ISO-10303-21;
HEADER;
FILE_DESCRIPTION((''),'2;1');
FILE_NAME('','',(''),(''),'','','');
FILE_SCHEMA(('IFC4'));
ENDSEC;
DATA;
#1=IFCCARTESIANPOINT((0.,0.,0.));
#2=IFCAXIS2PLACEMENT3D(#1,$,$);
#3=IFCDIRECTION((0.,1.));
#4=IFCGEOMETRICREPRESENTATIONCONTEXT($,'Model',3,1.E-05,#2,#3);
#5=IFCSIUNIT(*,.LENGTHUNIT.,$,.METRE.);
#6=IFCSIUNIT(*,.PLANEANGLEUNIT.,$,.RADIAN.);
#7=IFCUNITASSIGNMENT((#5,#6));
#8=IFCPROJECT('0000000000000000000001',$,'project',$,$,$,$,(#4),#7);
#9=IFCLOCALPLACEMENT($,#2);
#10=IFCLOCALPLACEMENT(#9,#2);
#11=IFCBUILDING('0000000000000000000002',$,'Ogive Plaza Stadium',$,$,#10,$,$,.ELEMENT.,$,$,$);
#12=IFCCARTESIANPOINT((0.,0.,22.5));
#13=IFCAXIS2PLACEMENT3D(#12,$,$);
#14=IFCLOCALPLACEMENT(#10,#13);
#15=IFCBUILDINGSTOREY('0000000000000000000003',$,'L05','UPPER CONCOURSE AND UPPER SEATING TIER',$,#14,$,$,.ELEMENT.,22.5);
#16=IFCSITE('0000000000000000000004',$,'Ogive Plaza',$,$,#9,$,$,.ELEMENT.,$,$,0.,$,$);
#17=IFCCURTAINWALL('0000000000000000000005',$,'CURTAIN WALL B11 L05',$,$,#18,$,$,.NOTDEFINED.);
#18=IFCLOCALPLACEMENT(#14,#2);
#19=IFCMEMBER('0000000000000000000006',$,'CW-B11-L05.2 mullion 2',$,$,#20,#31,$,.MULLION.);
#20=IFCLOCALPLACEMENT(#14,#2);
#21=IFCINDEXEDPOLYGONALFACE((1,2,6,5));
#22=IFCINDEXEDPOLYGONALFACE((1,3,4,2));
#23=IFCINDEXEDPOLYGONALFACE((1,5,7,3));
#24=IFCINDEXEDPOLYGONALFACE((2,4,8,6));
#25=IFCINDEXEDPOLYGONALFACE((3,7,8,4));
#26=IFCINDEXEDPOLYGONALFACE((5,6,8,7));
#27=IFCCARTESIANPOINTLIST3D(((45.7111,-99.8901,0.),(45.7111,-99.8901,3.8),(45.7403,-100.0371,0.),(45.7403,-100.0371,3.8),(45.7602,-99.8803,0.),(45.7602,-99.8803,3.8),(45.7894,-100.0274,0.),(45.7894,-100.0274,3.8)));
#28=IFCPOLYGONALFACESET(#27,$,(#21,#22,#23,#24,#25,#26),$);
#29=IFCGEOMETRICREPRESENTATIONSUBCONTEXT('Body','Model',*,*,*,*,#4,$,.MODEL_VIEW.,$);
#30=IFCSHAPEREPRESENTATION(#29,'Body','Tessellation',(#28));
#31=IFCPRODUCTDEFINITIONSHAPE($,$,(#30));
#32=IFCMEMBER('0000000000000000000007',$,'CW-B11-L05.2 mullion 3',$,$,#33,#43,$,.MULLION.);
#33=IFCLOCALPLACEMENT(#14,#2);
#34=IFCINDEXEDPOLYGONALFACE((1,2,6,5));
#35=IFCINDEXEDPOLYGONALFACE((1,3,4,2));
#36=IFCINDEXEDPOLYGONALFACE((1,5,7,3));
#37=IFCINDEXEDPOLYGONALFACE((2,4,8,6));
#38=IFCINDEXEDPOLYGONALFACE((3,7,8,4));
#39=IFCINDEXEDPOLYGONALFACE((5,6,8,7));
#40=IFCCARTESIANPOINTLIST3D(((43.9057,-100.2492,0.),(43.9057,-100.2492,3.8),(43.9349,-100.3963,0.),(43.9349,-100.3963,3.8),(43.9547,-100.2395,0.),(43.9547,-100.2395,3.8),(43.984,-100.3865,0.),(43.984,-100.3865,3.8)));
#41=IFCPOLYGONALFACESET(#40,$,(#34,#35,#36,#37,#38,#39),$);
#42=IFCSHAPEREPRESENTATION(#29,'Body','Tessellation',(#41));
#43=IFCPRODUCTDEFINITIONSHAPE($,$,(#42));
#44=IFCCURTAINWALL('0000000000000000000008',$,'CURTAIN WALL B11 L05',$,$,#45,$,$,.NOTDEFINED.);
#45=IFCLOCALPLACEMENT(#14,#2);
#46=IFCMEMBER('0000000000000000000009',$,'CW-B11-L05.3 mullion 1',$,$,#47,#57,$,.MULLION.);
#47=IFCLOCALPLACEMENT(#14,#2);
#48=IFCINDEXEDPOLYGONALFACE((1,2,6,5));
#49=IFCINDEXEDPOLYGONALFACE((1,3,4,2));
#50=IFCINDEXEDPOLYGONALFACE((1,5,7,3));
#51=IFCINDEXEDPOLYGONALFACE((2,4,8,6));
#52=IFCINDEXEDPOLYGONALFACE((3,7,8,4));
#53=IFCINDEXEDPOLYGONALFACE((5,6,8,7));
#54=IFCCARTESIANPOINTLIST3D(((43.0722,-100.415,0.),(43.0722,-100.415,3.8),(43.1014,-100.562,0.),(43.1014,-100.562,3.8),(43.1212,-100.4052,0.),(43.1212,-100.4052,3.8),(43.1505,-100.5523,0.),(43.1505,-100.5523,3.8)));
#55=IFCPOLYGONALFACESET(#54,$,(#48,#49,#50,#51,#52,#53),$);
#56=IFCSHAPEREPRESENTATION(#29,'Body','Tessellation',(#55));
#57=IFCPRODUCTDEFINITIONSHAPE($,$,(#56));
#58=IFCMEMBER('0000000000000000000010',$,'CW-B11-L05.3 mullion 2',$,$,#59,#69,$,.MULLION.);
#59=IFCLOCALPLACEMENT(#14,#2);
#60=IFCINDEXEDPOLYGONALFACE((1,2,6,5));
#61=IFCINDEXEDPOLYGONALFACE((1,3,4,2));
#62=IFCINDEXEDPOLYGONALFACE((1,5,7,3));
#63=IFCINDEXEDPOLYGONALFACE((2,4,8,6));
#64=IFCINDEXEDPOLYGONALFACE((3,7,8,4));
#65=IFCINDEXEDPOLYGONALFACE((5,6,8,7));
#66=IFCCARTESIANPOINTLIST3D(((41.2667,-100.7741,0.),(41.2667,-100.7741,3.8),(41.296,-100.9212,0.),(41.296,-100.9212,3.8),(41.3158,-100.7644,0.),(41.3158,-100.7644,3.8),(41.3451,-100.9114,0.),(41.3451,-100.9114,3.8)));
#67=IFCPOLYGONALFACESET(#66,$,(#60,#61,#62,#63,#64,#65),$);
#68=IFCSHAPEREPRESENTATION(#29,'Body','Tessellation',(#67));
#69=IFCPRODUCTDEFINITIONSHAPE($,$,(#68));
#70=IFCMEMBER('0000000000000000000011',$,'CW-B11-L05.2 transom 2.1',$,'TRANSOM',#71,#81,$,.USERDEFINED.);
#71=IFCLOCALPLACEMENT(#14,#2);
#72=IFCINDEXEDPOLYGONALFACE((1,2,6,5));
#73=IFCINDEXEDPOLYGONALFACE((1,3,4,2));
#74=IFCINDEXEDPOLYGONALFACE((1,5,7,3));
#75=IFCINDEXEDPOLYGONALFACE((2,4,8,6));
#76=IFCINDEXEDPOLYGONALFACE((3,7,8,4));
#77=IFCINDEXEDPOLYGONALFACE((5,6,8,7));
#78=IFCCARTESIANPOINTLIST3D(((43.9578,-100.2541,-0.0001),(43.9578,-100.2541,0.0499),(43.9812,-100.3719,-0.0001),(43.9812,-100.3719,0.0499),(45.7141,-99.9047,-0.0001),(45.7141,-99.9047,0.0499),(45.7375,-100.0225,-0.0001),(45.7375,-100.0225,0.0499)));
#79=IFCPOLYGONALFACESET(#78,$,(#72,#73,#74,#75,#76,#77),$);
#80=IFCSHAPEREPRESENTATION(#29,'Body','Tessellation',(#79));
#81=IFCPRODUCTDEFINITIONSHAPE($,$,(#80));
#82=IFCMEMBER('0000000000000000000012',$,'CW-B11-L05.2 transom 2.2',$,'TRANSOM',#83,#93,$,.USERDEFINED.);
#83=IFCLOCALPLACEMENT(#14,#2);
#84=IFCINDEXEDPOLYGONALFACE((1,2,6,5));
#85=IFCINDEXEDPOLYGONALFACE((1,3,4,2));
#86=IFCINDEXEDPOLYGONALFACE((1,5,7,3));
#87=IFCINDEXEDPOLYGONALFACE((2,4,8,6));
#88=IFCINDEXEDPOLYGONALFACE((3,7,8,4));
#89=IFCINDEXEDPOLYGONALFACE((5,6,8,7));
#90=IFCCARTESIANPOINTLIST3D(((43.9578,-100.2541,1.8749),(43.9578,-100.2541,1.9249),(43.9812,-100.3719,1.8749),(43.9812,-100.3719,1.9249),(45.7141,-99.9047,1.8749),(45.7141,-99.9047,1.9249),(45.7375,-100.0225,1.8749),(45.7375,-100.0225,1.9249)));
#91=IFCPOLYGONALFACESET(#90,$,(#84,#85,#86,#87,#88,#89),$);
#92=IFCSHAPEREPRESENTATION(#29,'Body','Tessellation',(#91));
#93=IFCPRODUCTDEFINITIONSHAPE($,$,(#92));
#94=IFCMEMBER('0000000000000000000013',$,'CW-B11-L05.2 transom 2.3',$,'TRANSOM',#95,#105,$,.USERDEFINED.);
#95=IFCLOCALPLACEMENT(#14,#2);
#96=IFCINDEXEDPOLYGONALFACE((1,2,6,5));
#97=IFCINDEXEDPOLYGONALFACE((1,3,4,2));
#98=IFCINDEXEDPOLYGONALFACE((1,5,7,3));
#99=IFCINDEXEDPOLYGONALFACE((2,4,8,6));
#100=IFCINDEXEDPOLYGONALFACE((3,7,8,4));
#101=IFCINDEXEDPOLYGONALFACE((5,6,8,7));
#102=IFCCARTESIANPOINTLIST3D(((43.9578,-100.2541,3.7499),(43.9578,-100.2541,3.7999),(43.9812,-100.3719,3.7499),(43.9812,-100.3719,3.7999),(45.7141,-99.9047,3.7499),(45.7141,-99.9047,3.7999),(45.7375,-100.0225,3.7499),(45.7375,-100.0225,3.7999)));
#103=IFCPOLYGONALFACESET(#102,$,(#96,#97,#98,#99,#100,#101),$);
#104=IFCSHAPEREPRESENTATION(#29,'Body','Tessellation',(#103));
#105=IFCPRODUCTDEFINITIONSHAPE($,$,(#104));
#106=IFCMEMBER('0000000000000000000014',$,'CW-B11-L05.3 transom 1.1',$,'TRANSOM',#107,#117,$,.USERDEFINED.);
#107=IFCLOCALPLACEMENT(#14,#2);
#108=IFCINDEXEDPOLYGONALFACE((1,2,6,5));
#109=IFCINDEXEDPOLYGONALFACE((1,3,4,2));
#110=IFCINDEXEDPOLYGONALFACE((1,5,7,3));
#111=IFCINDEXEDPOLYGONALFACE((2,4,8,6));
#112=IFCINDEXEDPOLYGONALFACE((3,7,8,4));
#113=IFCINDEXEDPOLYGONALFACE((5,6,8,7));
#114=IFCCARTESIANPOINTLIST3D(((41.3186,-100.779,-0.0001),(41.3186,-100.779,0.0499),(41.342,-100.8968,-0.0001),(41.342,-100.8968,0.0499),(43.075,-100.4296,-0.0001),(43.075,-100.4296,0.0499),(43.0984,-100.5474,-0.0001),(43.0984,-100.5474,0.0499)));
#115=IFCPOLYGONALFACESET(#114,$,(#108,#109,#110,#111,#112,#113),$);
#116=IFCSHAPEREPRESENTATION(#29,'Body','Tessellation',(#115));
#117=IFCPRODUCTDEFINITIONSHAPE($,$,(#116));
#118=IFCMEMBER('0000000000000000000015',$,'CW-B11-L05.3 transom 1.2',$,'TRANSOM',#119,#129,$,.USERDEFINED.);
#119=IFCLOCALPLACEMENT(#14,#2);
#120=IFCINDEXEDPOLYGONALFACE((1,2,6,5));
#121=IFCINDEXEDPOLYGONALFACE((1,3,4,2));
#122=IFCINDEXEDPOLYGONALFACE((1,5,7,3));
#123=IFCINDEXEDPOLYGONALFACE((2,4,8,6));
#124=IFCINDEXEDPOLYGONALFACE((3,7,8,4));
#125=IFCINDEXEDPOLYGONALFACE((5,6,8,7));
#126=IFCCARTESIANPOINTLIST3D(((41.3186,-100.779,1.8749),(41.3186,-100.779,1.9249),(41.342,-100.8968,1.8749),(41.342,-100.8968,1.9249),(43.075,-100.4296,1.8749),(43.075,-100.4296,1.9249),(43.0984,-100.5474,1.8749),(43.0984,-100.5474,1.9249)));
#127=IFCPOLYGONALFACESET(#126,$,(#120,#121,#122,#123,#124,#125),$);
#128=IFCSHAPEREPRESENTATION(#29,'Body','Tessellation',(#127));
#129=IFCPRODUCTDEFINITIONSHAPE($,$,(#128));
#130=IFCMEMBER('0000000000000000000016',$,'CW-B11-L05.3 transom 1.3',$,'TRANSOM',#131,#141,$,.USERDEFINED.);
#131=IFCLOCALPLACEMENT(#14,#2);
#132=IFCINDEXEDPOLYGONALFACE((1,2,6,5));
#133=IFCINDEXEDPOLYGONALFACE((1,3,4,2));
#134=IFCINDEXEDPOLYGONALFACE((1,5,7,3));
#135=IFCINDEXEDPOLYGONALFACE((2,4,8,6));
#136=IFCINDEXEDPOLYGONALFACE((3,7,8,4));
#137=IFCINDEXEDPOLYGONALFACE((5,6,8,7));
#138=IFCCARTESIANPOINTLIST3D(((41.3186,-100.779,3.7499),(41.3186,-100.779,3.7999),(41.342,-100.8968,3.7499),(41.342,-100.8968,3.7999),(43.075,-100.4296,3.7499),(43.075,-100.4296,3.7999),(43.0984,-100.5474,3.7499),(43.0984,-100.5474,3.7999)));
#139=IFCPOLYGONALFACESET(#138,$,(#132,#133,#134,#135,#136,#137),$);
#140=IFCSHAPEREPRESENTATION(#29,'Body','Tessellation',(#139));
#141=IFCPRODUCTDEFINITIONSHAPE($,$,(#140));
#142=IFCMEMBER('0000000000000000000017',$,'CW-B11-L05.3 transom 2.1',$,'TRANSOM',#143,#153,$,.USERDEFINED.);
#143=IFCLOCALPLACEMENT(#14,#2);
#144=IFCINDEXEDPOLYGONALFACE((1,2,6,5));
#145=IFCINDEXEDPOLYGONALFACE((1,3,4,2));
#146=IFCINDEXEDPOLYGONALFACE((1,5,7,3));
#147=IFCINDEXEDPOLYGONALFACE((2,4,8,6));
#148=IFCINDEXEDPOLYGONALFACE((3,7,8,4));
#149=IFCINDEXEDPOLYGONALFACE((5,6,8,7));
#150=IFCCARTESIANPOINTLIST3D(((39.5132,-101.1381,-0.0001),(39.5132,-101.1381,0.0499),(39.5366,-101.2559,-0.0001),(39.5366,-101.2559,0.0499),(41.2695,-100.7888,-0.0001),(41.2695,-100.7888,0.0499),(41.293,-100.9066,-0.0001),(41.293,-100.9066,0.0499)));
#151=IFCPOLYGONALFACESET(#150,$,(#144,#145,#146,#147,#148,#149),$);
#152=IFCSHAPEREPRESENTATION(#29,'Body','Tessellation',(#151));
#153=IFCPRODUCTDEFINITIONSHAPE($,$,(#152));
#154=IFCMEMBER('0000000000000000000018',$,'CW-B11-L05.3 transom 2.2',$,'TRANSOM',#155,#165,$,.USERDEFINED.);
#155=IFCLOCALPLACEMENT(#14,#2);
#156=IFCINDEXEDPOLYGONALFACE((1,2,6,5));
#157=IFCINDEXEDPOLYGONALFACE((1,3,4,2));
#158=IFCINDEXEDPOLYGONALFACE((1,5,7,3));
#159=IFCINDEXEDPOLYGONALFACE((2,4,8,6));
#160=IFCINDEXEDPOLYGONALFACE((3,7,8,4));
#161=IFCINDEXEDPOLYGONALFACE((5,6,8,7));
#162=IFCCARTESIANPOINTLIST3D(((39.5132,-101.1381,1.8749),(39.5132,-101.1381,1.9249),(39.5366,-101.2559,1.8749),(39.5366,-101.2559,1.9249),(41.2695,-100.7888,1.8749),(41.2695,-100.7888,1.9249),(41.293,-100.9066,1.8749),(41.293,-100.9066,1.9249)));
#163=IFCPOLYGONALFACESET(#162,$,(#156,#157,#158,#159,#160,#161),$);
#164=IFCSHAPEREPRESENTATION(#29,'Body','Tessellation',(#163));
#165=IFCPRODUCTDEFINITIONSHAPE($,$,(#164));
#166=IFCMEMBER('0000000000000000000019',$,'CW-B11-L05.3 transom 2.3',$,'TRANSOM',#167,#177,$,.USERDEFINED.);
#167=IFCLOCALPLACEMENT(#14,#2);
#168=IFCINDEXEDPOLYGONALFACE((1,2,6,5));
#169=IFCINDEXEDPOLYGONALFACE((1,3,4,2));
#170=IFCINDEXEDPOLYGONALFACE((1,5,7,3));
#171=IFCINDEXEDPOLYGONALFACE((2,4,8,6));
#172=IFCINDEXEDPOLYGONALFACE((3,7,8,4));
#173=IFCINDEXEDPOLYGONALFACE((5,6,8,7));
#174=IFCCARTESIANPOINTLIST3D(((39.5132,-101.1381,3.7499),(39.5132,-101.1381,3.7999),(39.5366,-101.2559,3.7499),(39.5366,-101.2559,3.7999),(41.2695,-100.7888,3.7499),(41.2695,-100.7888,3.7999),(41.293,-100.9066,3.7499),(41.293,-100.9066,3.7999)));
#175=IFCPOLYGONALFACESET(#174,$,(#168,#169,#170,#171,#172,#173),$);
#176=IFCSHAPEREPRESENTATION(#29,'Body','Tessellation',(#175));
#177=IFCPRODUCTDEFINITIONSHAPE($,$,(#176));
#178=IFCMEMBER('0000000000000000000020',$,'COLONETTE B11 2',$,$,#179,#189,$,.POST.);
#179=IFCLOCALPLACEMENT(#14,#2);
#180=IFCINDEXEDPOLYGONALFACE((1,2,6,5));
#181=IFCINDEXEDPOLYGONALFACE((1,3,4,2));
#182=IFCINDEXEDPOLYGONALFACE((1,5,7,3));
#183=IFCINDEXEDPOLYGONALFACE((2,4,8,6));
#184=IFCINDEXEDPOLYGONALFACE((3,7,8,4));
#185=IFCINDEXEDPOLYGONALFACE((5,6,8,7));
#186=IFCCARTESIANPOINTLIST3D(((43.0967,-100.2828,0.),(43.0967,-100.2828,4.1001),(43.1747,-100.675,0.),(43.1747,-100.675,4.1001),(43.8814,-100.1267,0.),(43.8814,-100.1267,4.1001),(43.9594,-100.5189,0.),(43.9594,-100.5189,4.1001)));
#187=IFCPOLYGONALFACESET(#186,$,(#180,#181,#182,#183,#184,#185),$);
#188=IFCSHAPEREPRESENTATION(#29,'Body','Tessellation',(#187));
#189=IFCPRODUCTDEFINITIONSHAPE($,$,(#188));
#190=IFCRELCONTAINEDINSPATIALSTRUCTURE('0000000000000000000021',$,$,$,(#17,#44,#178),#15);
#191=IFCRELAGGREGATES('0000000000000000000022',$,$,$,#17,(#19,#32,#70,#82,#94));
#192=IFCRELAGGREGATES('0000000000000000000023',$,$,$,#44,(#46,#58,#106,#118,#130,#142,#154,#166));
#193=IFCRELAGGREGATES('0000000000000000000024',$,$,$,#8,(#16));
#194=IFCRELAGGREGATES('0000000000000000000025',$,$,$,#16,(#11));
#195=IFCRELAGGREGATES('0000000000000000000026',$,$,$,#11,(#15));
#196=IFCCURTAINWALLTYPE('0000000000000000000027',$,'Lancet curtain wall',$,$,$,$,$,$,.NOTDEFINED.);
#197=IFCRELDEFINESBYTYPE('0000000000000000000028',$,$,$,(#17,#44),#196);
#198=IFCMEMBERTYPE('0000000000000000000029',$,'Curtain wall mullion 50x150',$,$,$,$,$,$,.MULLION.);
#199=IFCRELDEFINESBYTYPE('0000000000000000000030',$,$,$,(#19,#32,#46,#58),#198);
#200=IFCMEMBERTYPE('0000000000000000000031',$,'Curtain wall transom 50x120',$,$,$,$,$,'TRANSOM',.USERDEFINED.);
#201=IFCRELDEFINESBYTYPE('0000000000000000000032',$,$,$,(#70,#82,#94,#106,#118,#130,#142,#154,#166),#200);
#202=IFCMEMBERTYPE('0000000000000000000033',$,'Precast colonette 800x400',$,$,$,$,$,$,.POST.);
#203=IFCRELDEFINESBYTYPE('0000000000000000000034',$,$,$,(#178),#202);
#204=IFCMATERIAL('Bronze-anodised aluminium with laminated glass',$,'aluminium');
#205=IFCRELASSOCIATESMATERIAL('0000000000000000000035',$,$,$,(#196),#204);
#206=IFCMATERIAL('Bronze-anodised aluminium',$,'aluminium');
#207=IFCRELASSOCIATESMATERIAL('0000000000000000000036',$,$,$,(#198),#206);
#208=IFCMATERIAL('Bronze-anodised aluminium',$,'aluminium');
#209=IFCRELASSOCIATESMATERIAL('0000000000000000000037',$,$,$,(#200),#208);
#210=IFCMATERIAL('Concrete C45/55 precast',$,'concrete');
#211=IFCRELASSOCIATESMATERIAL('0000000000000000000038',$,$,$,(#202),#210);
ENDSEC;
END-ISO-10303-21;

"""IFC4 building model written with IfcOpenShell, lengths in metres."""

from ifc_helpers import new_model, si_unit, direction, frame, origin, origin_2d, place, context, subcontext, project, spatial, rectangle, extrude, material, material_profile, profile_set, type_object, element, aggregate, save


model = new_model("IFC4")

# Units and contexts
model_context = context("Model", 3, precision=1e-05, world=origin(), true_north=direction((0.0, 1.0)))
body_context = subcontext(model_context, "Body", "Model", "MODEL_VIEW")
ifc_project = project(units=[si_unit("LENGTHUNIT", "METRE"), si_unit("PLANEANGLEUNIT", "RADIAN")], contexts=[model_context])

# Site, building, storey
site_placement = place(None, origin())
site = spatial("IfcSite", under=ifc_project, at=site_placement, Name="Ogive Plaza", CompositionType="ELEMENT", RefElevation=0.0)
building_placement = place(site_placement, origin())
building = spatial("IfcBuilding", under=site, at=building_placement, Name="Ogive Plaza Stadium", CompositionType="ELEMENT")
storey_placement = place(building_placement, frame((0.0, 0.0, 22.5)))
storey = spatial("IfcBuildingStorey", under=building, at=storey_placement, Name="L05", Description="UPPER CONCOURSE AND UPPER SEATING TIER", CompositionType="ELEMENT", Elevation=22.5)

# Curtain walls, members
ifc_material_1 = material(Name="Bronze-anodised aluminium with laminated glass", Category="aluminium")
curtain_wall_type = type_object("IfcCurtainWallType", Name="Lancet curtain wall", PredefinedType="NOTDEFINED", material=ifc_material_1)
curtain_wall_1_placement = place(storey_placement, origin())
curtain_wall_1 = element("IfcCurtainWall", 1, at=curtain_wall_1_placement, inside=storey, type_object=curtain_wall_type, Name="CURTAIN WALL B11 L05", PredefinedType="NOTDEFINED")
ifc_material_2 = material(Name="Bronze-anodised aluminium", Category="aluminium")
ifc_material_profile_1 = material_profile(ifc_material_2, rectangle(XDim=0.1499, YDim=0.05, at=origin_2d()), Name="AL 150x50")
ifc_profile_set_1 = profile_set([ifc_material_profile_1], Name="Bronze-anodised aluminium")
member_type_1 = type_object("IfcMemberType", Name="Curtain wall mullion 50x150", PredefinedType="MULLION", material=ifc_profile_set_1)
member_1_placement = place(storey_placement, frame((45.7502, -99.9587, 0.0), z_axis=(0.0, 0.0, 1.0), x_axis=(0.19509, -0.980785, 0.0)))
member_1 = element("IfcMember", 2, at=member_1_placement, type_object=member_type_1, Name="CW-B11-L05.2 mullion 2", PredefinedType="MULLION", context=body_context, shape_type="SweptSolid", body=[
    extrude(rectangle(XDim=0.1499, YDim=0.05, at=origin_2d()), origin(), (0.0, 0.0, 1.0), 3.8),
])
member_2_placement = place(storey_placement, frame((43.9448, -100.3179, 0.0), z_axis=(0.0, 0.0, 1.0), x_axis=(0.19509, -0.980785, 0.0)))
member_2 = element("IfcMember", 3, at=member_2_placement, type_object=member_type_1, Name="CW-B11-L05.2 mullion 3", PredefinedType="MULLION", context=body_context, shape_type="SweptSolid", body=[
    extrude(rectangle(XDim=0.1499, YDim=0.05, at=origin_2d()), origin(), (0.0, 0.0, 1.0), 3.8),
])
curtain_wall_2_placement = place(storey_placement, origin())
curtain_wall_2 = element("IfcCurtainWall", 4, at=curtain_wall_2_placement, inside=storey, type_object=curtain_wall_type, Name="CURTAIN WALL B11 L05", PredefinedType="NOTDEFINED")
member_3_placement = place(storey_placement, frame((43.1113, -100.4836, 0.0), z_axis=(0.0, 0.0, 1.0), x_axis=(0.19509, -0.980785, 0.0)))
member_3 = element("IfcMember", 5, at=member_3_placement, type_object=member_type_1, Name="CW-B11-L05.3 mullion 1", PredefinedType="MULLION", context=body_context, shape_type="SweptSolid", body=[
    extrude(rectangle(XDim=0.1499, YDim=0.05, at=origin_2d()), origin(), (0.0, 0.0, 1.0), 3.8),
])
member_4_placement = place(storey_placement, frame((41.3059, -100.8428, 0.0), z_axis=(0.0, 0.0, 1.0), x_axis=(0.19509, -0.980785, 0.0)))
member_4 = element("IfcMember", 6, at=member_4_placement, type_object=member_type_1, Name="CW-B11-L05.3 mullion 2", PredefinedType="MULLION", context=body_context, shape_type="SweptSolid", body=[
    extrude(rectangle(XDim=0.1499, YDim=0.05, at=origin_2d()), origin(), (0.0, 0.0, 1.0), 3.8),
])

# Members
ifc_material_3 = material(Name="Bronze-anodised aluminium", Category="aluminium")
ifc_material_profile_2 = material_profile(ifc_material_3, rectangle(XDim=0.1201, YDim=0.05, at=origin_2d()), Name="AL 120x50")
ifc_profile_set_2 = profile_set([ifc_material_profile_2], Name="Bronze-anodised aluminium")
member_type_2 = type_object("IfcMemberType", Name="Curtain wall transom 50x120", ElementType="TRANSOM", PredefinedType="USERDEFINED", material=ifc_profile_set_2)
member_5_placement = place(storey_placement, frame((45.7258, -99.9636, 0.0249), z_axis=(-0.980785, -0.195094, 0.0), x_axis=(0.195094, -0.980785, 0.0)))
member_5 = element("IfcMember", 7, at=member_5_placement, type_object=member_type_2, Name="CW-B11-L05.2 transom 2.1", ObjectType="TRANSOM", PredefinedType="USERDEFINED", context=body_context, shape_type="SweptSolid", body=[
    extrude(rectangle(XDim=0.1201, YDim=0.05, at=origin_2d()), origin(), (0.0, 0.0, 1.0), 1.7908),
])
member_6_placement = place(storey_placement, frame((45.7258, -99.9636, 1.8999), z_axis=(-0.980785, -0.195094, 0.0), x_axis=(0.195094, -0.980785, 0.0)))
member_6 = element("IfcMember", 8, at=member_6_placement, type_object=member_type_2, Name="CW-B11-L05.2 transom 2.2", ObjectType="TRANSOM", PredefinedType="USERDEFINED", context=body_context, shape_type="SweptSolid", body=[
    extrude(rectangle(XDim=0.1201, YDim=0.05, at=origin_2d()), origin(), (0.0, 0.0, 1.0), 1.7908),
])
member_7_placement = place(storey_placement, frame((45.7258, -99.9636, 3.7749), z_axis=(-0.980785, -0.195094, 0.0), x_axis=(0.195094, -0.980785, 0.0)))
member_7 = element("IfcMember", 9, at=member_7_placement, type_object=member_type_2, Name="CW-B11-L05.2 transom 2.3", ObjectType="TRANSOM", PredefinedType="USERDEFINED", context=body_context, shape_type="SweptSolid", body=[
    extrude(rectangle(XDim=0.1201, YDim=0.05, at=origin_2d()), origin(), (0.0, 0.0, 1.0), 1.7908),
])
member_8_placement = place(storey_placement, frame((43.0867, -100.4885, 0.0249), z_axis=(-0.980785, -0.195094, 0.0), x_axis=(0.195094, -0.980785, 0.0)))
member_8 = element("IfcMember", 10, at=member_8_placement, type_object=member_type_2, Name="CW-B11-L05.3 transom 1.1", ObjectType="TRANSOM", PredefinedType="USERDEFINED", context=body_context, shape_type="SweptSolid", body=[
    extrude(rectangle(XDim=0.1201, YDim=0.05, at=origin_2d()), origin(), (0.0, 0.0, 1.0), 1.7908),
])
member_9_placement = place(storey_placement, frame((43.0867, -100.4885, 1.8999), z_axis=(-0.980785, -0.195094, 0.0), x_axis=(0.195094, -0.980785, 0.0)))
member_9 = element("IfcMember", 11, at=member_9_placement, type_object=member_type_2, Name="CW-B11-L05.3 transom 1.2", ObjectType="TRANSOM", PredefinedType="USERDEFINED", context=body_context, shape_type="SweptSolid", body=[
    extrude(rectangle(XDim=0.1201, YDim=0.05, at=origin_2d()), origin(), (0.0, 0.0, 1.0), 1.7908),
])
member_10_placement = place(storey_placement, frame((43.0867, -100.4885, 3.7749), z_axis=(-0.980785, -0.195094, 0.0), x_axis=(0.195094, -0.980785, 0.0)))
member_10 = element("IfcMember", 12, at=member_10_placement, type_object=member_type_2, Name="CW-B11-L05.3 transom 1.3", ObjectType="TRANSOM", PredefinedType="USERDEFINED", context=body_context, shape_type="SweptSolid", body=[
    extrude(rectangle(XDim=0.1201, YDim=0.05, at=origin_2d()), origin(), (0.0, 0.0, 1.0), 1.7908),
])
member_11_placement = place(storey_placement, frame((41.2812, -100.8477, 0.0249), z_axis=(-0.980785, -0.195094, 0.0), x_axis=(0.195094, -0.980785, 0.0)))
member_11 = element("IfcMember", 13, at=member_11_placement, type_object=member_type_2, Name="CW-B11-L05.3 transom 2.1", ObjectType="TRANSOM", PredefinedType="USERDEFINED", context=body_context, shape_type="SweptSolid", body=[
    extrude(rectangle(XDim=0.1201, YDim=0.05, at=origin_2d()), origin(), (0.0, 0.0, 1.0), 1.7908),
])
member_12_placement = place(storey_placement, frame((41.2812, -100.8477, 1.8999), z_axis=(-0.980785, -0.195094, 0.0), x_axis=(0.195094, -0.980785, 0.0)))
member_12 = element("IfcMember", 14, at=member_12_placement, type_object=member_type_2, Name="CW-B11-L05.3 transom 2.2", ObjectType="TRANSOM", PredefinedType="USERDEFINED", context=body_context, shape_type="SweptSolid", body=[
    extrude(rectangle(XDim=0.1201, YDim=0.05, at=origin_2d()), origin(), (0.0, 0.0, 1.0), 1.7908),
])
member_13_placement = place(storey_placement, frame((41.2812, -100.8477, 3.7749), z_axis=(-0.980785, -0.195094, 0.0), x_axis=(0.195094, -0.980785, 0.0)))
member_13 = element("IfcMember", 15, at=member_13_placement, type_object=member_type_2, Name="CW-B11-L05.3 transom 2.3", ObjectType="TRANSOM", PredefinedType="USERDEFINED", context=body_context, shape_type="SweptSolid", body=[
    extrude(rectangle(XDim=0.1201, YDim=0.05, at=origin_2d()), origin(), (0.0, 0.0, 1.0), 1.7908),
])
ifc_material_4 = material(Name="Concrete C45/55 precast", Category="concrete")
ifc_material_profile_3 = material_profile(ifc_material_4, rectangle(XDim=0.3999, YDim=0.8, at=origin_2d()), Name="RC 400x800")
ifc_profile_set_3 = profile_set([ifc_material_profile_3], Name="Concrete C45/55 precast")
member_type_3 = type_object("IfcMemberType", Name="Precast colonette 800x400", PredefinedType="POST", material=ifc_profile_set_3)
member_14_placement = place(storey_placement, frame((43.5281, -100.4009, 0.0), z_axis=(0.0, 0.0, 1.0), x_axis=(0.19509, -0.980785, 0.0)))
element("IfcMember", 16, at=member_14_placement, inside=storey, type_object=member_type_3, Name="COLONETTE B11 2", PredefinedType="POST", context=body_context, shape_type="SweptSolid", body=[
    extrude(rectangle(XDim=0.3999, YDim=0.8, at=origin_2d()), origin(), (0.0, 0.0, 1.0), 4.1001),
])

aggregate(curtain_wall_1, [member_1, member_2, member_5, member_6, member_7])
aggregate(curtain_wall_2, [member_3, member_4, member_8, member_9, member_10, member_11, member_12, member_13])

save(model, "model.ifc")
